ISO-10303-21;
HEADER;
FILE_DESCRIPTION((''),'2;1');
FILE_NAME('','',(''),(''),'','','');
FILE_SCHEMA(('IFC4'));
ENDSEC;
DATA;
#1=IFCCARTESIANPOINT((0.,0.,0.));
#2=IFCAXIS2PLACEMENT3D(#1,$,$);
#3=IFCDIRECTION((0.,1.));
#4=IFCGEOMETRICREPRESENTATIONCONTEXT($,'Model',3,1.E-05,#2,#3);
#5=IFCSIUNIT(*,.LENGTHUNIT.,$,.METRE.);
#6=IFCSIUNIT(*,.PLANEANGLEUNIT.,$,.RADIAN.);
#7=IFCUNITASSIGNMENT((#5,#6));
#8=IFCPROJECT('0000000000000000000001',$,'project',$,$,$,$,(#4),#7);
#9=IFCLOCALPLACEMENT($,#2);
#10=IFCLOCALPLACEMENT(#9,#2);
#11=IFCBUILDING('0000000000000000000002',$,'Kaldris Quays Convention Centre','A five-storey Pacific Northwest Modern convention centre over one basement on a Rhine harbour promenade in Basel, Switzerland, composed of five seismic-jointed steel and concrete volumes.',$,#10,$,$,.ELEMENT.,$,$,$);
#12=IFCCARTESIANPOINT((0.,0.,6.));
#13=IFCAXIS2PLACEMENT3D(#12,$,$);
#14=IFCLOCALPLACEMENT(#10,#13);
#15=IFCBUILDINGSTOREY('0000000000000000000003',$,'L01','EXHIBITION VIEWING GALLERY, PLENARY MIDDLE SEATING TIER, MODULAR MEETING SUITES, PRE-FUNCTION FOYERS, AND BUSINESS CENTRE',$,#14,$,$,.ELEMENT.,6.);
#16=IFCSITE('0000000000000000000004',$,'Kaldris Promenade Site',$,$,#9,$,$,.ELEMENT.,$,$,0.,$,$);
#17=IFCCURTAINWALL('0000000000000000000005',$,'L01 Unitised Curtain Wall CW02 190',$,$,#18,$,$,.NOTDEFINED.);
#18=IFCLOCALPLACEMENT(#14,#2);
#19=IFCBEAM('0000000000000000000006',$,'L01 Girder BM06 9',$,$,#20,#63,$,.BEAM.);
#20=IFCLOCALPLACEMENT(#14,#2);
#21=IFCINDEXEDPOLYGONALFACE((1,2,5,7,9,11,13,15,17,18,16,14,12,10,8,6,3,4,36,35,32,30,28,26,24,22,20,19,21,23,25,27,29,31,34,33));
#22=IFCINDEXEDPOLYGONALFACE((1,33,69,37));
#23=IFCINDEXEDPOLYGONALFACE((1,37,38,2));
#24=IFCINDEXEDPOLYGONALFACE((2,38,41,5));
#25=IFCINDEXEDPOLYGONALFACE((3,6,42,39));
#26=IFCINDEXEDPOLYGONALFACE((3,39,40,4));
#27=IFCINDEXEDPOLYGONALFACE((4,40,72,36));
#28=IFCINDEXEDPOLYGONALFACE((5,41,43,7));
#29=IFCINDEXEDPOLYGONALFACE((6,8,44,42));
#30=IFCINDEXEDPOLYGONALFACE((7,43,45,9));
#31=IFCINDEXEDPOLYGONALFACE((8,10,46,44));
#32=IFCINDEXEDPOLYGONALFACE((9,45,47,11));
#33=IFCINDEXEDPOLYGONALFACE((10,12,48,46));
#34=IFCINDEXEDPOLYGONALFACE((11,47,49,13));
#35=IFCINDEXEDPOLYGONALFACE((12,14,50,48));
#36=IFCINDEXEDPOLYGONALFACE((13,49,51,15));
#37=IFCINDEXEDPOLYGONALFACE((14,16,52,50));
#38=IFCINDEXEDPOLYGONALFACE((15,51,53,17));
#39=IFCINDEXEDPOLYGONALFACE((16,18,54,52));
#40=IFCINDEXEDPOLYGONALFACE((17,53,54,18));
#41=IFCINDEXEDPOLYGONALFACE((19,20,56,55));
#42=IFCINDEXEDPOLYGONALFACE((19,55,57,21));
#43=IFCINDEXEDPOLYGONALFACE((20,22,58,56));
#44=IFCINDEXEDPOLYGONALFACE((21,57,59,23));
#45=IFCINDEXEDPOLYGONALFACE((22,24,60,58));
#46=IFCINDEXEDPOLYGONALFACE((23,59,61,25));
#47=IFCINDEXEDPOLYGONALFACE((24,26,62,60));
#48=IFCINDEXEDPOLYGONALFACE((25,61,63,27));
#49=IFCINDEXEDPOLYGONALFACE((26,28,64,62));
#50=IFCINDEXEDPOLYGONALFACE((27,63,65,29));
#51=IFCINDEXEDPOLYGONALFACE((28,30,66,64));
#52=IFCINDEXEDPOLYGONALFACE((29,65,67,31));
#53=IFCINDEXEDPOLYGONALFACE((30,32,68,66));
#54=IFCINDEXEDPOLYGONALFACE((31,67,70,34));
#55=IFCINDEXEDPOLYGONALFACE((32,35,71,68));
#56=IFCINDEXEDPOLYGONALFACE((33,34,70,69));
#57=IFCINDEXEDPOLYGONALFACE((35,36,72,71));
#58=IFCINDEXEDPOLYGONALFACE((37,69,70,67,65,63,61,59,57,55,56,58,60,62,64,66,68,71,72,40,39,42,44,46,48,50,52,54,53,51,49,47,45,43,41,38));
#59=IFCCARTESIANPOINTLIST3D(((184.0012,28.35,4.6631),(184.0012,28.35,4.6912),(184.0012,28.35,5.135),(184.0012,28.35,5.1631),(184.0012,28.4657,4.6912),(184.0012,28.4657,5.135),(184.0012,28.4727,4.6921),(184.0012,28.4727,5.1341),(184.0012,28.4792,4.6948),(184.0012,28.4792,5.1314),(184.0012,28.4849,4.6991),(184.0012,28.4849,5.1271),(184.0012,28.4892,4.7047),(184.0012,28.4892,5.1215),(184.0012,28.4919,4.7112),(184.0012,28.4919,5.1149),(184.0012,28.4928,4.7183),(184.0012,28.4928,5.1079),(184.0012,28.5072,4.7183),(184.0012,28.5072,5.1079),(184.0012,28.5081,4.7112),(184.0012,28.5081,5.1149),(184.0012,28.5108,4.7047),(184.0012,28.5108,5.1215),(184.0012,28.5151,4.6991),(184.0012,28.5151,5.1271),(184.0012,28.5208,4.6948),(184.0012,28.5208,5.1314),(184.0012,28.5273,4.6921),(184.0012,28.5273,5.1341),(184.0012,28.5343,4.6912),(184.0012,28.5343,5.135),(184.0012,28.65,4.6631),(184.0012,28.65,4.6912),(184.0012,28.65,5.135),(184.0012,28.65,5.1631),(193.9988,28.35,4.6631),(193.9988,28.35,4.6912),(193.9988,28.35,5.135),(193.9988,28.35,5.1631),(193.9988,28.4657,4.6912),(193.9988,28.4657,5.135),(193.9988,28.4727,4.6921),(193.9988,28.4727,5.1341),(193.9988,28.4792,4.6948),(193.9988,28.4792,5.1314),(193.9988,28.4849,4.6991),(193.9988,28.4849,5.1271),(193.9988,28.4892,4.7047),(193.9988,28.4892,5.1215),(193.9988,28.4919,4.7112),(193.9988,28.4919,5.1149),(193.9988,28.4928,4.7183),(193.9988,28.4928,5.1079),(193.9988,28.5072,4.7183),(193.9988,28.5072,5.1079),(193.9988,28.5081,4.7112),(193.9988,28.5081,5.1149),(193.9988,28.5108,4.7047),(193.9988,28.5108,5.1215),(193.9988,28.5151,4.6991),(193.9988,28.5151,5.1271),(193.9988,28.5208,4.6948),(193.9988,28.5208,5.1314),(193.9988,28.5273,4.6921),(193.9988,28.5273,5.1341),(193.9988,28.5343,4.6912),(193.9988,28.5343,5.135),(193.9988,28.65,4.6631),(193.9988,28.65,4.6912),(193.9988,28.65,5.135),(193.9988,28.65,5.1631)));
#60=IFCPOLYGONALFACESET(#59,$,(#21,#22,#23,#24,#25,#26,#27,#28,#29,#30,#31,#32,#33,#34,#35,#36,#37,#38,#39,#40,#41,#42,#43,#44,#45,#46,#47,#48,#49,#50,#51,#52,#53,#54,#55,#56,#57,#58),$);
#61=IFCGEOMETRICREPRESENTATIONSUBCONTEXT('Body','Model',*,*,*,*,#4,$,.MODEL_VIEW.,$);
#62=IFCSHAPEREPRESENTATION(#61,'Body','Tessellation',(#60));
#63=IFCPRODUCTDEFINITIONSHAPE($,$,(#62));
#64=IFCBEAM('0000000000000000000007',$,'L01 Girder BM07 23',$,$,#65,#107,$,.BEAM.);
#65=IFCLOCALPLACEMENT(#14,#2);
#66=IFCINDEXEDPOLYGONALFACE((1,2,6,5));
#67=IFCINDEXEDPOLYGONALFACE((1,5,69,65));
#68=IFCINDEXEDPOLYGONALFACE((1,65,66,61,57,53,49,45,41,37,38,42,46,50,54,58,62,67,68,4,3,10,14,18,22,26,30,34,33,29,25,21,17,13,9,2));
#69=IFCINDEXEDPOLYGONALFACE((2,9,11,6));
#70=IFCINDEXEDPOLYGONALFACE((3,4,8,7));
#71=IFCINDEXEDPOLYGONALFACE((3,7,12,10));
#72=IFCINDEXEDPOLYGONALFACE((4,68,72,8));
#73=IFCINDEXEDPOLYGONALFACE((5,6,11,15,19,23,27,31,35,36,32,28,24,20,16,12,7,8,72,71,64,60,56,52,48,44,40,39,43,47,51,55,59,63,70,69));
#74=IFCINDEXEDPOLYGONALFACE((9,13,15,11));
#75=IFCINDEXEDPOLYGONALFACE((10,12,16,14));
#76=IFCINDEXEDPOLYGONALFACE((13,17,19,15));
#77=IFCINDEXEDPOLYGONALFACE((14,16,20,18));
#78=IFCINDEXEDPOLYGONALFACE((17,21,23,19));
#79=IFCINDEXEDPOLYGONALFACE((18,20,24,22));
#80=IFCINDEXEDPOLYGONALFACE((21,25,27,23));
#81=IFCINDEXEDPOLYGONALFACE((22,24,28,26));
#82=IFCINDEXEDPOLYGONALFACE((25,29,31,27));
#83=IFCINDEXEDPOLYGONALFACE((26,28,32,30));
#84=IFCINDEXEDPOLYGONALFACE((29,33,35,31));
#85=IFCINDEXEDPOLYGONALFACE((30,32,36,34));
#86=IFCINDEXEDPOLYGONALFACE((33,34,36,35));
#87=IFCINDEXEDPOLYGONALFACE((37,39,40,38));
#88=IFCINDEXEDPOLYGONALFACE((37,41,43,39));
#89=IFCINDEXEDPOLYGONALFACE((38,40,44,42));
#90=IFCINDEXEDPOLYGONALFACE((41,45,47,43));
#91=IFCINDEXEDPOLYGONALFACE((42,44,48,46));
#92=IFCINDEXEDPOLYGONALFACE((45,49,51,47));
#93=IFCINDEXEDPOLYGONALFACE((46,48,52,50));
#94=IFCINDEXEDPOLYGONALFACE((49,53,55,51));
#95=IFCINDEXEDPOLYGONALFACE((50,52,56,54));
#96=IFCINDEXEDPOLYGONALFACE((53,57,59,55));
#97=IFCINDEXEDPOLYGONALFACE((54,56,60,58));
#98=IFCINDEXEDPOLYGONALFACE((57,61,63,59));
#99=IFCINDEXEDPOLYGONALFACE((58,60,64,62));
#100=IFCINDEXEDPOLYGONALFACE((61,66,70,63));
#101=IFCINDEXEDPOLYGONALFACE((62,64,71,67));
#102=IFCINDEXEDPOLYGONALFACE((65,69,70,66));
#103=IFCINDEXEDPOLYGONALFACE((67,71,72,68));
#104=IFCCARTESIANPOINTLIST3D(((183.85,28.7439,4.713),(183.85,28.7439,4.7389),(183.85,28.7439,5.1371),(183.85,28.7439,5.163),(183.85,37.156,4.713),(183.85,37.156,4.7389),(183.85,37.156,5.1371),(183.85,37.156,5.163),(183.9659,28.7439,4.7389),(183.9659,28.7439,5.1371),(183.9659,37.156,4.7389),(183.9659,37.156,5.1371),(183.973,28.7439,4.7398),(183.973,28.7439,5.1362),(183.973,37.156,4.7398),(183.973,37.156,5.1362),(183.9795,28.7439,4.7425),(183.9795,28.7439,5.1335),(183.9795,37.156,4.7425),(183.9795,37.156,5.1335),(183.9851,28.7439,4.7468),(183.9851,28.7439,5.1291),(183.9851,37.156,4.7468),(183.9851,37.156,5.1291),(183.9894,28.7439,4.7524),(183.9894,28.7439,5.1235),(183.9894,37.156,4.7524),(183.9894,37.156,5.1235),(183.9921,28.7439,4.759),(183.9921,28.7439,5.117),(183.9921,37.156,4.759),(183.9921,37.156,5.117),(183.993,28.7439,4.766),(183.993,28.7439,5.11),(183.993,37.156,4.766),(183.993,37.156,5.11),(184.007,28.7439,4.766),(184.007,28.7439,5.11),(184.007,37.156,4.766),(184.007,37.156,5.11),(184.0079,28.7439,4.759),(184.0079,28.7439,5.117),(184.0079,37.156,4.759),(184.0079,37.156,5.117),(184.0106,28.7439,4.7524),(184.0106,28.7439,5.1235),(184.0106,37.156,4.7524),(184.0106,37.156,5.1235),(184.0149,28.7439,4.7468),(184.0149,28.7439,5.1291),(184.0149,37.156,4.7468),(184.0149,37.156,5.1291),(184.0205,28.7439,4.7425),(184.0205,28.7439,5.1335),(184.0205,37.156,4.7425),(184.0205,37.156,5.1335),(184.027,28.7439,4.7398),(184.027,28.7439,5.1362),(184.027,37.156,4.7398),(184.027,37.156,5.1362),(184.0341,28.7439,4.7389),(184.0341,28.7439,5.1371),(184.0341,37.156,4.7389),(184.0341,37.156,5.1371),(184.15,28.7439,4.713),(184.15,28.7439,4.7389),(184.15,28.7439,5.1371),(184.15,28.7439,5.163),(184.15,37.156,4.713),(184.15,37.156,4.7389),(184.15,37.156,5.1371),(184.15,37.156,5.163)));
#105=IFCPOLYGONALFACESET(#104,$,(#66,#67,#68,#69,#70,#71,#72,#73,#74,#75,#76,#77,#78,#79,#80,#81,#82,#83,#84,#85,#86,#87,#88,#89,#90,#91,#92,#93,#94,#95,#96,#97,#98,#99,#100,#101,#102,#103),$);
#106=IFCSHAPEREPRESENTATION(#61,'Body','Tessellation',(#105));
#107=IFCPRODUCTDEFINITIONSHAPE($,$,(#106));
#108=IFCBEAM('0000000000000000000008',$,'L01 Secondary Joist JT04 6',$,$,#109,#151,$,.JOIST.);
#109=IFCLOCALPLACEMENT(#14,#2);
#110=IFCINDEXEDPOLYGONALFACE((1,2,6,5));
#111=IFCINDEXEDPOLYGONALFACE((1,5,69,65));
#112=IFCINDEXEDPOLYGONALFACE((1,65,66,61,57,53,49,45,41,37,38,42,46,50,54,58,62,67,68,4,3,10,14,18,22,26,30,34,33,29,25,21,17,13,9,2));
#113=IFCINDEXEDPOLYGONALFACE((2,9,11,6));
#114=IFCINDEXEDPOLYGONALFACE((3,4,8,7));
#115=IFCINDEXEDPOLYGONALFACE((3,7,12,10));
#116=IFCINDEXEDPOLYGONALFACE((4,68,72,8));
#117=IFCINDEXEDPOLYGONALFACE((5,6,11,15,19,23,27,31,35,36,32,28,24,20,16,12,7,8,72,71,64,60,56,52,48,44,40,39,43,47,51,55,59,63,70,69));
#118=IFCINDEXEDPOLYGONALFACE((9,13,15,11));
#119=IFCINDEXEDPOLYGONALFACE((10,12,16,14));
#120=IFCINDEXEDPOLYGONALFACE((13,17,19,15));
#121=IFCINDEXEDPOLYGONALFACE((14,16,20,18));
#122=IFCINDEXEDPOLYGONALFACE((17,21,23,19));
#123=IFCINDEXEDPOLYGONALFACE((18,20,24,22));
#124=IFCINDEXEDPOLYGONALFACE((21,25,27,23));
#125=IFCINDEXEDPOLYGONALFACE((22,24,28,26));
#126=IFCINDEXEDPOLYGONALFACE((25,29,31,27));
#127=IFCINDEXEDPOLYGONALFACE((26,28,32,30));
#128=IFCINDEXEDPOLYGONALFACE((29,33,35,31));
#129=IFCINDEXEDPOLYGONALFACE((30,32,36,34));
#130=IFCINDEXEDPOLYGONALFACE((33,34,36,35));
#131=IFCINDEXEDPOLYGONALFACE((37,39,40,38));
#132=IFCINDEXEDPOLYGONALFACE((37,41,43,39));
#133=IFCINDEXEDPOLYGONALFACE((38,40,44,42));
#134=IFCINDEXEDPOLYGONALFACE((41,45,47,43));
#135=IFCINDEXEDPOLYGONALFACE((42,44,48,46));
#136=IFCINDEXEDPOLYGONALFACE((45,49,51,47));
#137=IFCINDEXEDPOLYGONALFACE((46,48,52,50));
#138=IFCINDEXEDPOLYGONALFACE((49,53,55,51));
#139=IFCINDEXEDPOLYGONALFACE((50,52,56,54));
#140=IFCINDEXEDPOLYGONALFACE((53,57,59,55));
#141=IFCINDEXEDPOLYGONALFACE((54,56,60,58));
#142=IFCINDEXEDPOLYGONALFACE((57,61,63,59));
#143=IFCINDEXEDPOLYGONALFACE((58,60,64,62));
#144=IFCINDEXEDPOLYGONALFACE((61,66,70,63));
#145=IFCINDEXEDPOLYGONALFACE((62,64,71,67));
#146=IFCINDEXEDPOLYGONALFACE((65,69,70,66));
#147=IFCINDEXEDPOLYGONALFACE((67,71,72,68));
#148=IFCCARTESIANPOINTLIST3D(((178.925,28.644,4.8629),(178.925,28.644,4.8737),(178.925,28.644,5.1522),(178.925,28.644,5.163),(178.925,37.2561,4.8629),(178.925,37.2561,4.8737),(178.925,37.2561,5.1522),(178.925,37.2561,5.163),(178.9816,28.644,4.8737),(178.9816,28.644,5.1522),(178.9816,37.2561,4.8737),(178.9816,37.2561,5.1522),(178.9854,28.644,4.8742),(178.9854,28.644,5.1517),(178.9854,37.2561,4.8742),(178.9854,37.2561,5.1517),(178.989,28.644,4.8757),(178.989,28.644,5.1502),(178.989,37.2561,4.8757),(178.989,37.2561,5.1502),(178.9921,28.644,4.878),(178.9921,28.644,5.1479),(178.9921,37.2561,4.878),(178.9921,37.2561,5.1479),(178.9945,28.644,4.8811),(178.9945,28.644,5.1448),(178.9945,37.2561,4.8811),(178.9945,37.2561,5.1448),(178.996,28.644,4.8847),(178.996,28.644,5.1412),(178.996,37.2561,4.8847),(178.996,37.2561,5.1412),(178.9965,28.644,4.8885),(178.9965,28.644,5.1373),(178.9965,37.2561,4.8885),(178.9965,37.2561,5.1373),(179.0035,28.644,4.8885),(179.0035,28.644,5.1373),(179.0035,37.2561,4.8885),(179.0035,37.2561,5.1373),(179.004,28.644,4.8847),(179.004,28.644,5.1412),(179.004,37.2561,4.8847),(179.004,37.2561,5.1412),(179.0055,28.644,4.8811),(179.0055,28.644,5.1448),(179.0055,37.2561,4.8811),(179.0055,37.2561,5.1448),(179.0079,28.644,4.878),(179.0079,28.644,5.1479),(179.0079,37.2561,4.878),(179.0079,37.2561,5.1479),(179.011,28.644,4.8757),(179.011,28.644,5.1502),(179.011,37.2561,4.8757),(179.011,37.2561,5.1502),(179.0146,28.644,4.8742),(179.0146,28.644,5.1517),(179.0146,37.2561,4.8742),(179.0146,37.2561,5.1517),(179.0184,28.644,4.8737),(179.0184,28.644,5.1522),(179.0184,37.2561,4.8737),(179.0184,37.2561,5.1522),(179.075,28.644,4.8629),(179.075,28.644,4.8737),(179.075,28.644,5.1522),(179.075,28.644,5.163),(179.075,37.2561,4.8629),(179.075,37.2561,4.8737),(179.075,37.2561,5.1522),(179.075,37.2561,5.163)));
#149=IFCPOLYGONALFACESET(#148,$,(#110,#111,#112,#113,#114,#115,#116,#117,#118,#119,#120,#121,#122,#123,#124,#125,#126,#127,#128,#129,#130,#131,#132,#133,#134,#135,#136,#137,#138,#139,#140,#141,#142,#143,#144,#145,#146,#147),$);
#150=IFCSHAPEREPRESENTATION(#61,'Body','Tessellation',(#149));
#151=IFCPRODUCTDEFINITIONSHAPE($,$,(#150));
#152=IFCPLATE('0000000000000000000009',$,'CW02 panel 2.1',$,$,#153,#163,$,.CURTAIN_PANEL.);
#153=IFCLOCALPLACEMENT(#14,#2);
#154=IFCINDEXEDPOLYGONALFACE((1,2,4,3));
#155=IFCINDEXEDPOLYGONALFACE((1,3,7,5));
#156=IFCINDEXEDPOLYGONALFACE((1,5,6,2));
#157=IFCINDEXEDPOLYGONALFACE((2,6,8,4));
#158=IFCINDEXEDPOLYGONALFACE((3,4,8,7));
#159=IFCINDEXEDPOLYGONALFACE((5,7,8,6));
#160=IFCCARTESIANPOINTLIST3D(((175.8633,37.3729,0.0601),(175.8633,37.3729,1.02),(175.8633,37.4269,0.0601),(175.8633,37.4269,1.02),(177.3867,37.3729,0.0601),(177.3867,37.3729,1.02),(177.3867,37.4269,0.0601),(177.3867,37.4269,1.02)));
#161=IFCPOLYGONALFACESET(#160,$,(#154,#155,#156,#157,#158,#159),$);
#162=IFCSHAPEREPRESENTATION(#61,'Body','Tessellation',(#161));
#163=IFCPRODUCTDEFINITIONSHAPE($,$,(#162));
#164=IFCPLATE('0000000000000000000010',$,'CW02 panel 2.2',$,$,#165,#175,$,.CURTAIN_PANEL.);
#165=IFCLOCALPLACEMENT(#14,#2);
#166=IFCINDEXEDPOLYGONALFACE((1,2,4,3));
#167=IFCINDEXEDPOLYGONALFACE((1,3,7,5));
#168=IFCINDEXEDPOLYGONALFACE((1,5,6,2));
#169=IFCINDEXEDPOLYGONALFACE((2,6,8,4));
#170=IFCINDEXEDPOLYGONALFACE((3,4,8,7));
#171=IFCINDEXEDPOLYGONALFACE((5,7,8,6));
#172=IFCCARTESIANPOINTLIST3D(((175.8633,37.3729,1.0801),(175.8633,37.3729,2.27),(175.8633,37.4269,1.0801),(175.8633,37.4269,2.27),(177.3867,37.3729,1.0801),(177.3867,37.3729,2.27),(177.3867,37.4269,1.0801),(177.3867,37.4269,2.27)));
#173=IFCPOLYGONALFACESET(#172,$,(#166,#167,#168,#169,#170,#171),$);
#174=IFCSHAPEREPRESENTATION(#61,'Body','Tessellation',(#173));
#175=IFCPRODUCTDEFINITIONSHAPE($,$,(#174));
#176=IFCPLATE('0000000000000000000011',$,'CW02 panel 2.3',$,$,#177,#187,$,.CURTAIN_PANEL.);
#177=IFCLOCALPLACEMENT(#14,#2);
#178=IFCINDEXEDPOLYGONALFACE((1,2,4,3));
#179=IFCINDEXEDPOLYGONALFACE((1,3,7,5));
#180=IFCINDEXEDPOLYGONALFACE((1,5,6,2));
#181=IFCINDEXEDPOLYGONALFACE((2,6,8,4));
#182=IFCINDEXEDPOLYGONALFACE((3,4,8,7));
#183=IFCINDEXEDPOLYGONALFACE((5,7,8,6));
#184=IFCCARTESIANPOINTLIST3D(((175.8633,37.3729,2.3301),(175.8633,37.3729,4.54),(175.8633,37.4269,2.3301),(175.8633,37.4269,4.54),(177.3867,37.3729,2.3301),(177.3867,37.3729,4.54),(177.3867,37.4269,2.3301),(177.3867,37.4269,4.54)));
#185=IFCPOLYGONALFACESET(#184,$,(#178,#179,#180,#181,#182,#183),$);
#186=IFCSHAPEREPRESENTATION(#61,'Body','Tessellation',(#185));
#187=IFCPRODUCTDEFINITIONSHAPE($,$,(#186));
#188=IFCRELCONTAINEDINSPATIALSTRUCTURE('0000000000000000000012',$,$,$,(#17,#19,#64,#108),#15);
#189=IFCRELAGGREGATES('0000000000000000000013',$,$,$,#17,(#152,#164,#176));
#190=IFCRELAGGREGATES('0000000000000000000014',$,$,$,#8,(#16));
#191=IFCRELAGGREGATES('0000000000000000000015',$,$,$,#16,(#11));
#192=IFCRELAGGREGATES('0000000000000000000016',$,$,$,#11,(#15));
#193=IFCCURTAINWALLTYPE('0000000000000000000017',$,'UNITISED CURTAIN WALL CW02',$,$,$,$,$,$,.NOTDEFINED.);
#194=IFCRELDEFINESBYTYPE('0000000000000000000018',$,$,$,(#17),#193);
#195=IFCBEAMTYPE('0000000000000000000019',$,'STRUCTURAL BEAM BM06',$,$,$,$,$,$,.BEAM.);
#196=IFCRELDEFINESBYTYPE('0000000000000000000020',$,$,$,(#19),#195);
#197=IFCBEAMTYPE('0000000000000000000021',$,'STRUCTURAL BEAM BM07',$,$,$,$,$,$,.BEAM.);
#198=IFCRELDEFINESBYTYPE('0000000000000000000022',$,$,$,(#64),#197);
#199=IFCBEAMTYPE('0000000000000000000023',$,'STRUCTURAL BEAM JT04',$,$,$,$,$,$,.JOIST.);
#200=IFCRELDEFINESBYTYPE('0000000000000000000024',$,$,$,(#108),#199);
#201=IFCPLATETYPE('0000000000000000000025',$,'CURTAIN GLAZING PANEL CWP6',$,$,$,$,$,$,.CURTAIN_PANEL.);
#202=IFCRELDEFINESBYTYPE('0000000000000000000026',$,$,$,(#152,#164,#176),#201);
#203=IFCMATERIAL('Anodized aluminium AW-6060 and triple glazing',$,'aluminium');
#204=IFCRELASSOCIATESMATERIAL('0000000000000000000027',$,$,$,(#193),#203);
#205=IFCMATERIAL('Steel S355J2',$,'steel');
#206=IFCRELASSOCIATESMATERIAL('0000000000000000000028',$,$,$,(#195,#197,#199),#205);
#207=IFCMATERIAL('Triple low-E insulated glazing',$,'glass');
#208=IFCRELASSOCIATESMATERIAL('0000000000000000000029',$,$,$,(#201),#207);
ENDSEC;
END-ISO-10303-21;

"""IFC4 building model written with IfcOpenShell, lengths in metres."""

from ifc_helpers import new_model, si_unit, direction, frame, origin, origin_2d, place, context, subcontext, project, spatial, rectangle, i_section, extrude, material, material_profile, profile_set, type_object, element, aggregate, save


model = new_model("IFC4")

# Units and contexts
model_context = context("Model", 3, precision=1e-05, world=origin(), true_north=direction((0.0, 1.0)))
body_context = subcontext(model_context, "Body", "Model", "MODEL_VIEW")
ifc_project = project(units=[si_unit("LENGTHUNIT", "METRE"), si_unit("PLANEANGLEUNIT", "RADIAN")], contexts=[model_context])

# Site, building, storey
site_placement = place(None, origin())
site = spatial("IfcSite", under=ifc_project, at=site_placement, Name="Kaldris Promenade Site", CompositionType="ELEMENT", RefElevation=0.0)
building_placement = place(site_placement, origin())
building = spatial("IfcBuilding", under=site, at=building_placement, Name="Kaldris Quays Convention Centre", Description="A five-storey Pacific Northwest Modern convention centre over one basement on a Rhine harbour promenade in Basel, Switzerland, composed of five seismic-jointed steel and concrete volumes.", CompositionType="ELEMENT")
storey_placement = place(building_placement, frame((0.0, 0.0, 6.0)))
storey = spatial("IfcBuildingStorey", under=building, at=storey_placement, Name="L01", Description="EXHIBITION VIEWING GALLERY, PLENARY MIDDLE SEATING TIER, MODULAR MEETING SUITES, PRE-FUNCTION FOYERS, AND BUSINESS CENTRE", CompositionType="ELEMENT", Elevation=6.0)

# Curtain wall
ifc_material_1 = material(Name="Anodized aluminium AW-6060 and triple glazing", Category="aluminium")
curtain_wall_type = type_object("IfcCurtainWallType", Name="UNITISED CURTAIN WALL CW02", PredefinedType="NOTDEFINED", material=ifc_material_1)
curtain_wall_placement = place(storey_placement, origin())
curtain_wall = element("IfcCurtainWall", 1, at=curtain_wall_placement, inside=storey, type_object=curtain_wall_type, Name="L01 Unitised Curtain Wall CW02 190", PredefinedType="NOTDEFINED")

# Beams
ifc_material_2 = material(Name="Steel S355J2", Category="steel")
ifc_material_profile_1 = material_profile(ifc_material_2, i_section(OverallWidth=0.3, OverallDepth=0.5, WebThickness=0.0144, FlangeThickness=0.0281, FilletRadius=0.0271, at=origin_2d()), Name="HEB 500")
ifc_profile_set_1 = profile_set([ifc_material_profile_1], Name="Steel S355J2")
beam_type_1 = type_object("IfcBeamType", Name="STRUCTURAL BEAM BM06", PredefinedType="BEAM", material=ifc_profile_set_1)
beam_1_placement = place(storey_placement, frame((184.0012, 28.5, 4.9131), z_axis=(1.0, 0.0, 0.0), x_axis=(0.0, 1.0, 0.0)))
element("IfcBeam", 2, at=beam_1_placement, inside=storey, type_object=beam_type_1, Name="L01 Girder BM06 9", PredefinedType="BEAM", context=body_context, shape_type="SweptSolid", body=[
    extrude(i_section(OverallWidth=0.3, OverallDepth=0.5, WebThickness=0.0144, FlangeThickness=0.0281, FilletRadius=0.0271, at=origin_2d()), origin(), (0.0, 0.0, 1.0), 9.9976),
])
ifc_material_profile_2 = material_profile(ifc_material_2, i_section(OverallWidth=0.3, OverallDepth=0.45, WebThickness=0.0139, FlangeThickness=0.0259, FilletRadius=0.0271, at=origin_2d()), Name="HEB 450")
ifc_profile_set_2 = profile_set([ifc_material_profile_2], Name="Steel S355J2")
beam_type_2 = type_object("IfcBeamType", Name="STRUCTURAL BEAM BM07", PredefinedType="BEAM", material=ifc_profile_set_2)
beam_2_placement = place(storey_placement, frame((184.0, 28.7439, 4.938), z_axis=(0.0, 1.0, 0.0), x_axis=(-1.0, 0.0, 0.0)))
element("IfcBeam", 3, at=beam_2_placement, inside=storey, type_object=beam_type_2, Name="L01 Girder BM07 23", PredefinedType="BEAM", context=body_context, shape_type="SweptSolid", body=[
    extrude(i_section(OverallWidth=0.3, OverallDepth=0.45, WebThickness=0.0139, FlangeThickness=0.0259, FilletRadius=0.0271, at=origin_2d()), origin(), (0.0, 0.0, 1.0), 8.4121),
])
ifc_material_profile_3 = material_profile(ifc_material_2, i_section(OverallWidth=0.1499, OverallDepth=0.3, WebThickness=0.0071, FlangeThickness=0.0107, FilletRadius=0.0149, at=origin_2d()), Name="IPE 300")
ifc_profile_set_3 = profile_set([ifc_material_profile_3], Name="Steel S355J2")
beam_type_3 = type_object("IfcBeamType", Name="STRUCTURAL BEAM JT04", PredefinedType="JOIST", material=ifc_profile_set_3)
beam_3_placement = place(storey_placement, frame((179.0, 28.644, 5.0129), z_axis=(0.0, 1.0, 0.0), x_axis=(-1.0, 0.0, 0.0)))
element("IfcBeam", 4, at=beam_3_placement, inside=storey, type_object=beam_type_3, Name="L01 Secondary Joist JT04 6", PredefinedType="JOIST", context=body_context, shape_type="SweptSolid", body=[
    extrude(i_section(OverallWidth=0.1499, OverallDepth=0.3, WebThickness=0.0071, FlangeThickness=0.0107, FilletRadius=0.0149, at=origin_2d()), origin(), (0.0, 0.0, 1.0), 8.6121),
])

# Plates
ifc_material_3 = material(Name="Triple low-E insulated glazing", Category="glass")
plate_type = type_object("IfcPlateType", Name="CURTAIN GLAZING PANEL CWP6", PredefinedType="CURTAIN_PANEL", material=ifc_material_3)
plate_1_placement = place(storey_placement, frame((176.625, 37.3999, 0.0601), z_axis=(0.0, 0.0, 1.0), x_axis=(1.0, 0.0, 0.0)))
plate_1 = element("IfcPlate", 5, at=plate_1_placement, type_object=plate_type, Name="CW02 panel 2.1", PredefinedType="CURTAIN_PANEL", context=body_context, shape_type="SweptSolid", body=[
    extrude(rectangle(XDim=1.5234, YDim=0.054, at=origin_2d()), origin(), (0.0, 0.0, 1.0), 0.96),
])
plate_2_placement = place(storey_placement, frame((176.625, 37.3999, 1.0801), z_axis=(0.0, 0.0, 1.0), x_axis=(1.0, 0.0, 0.0)))
plate_2 = element("IfcPlate", 6, at=plate_2_placement, type_object=plate_type, Name="CW02 panel 2.2", PredefinedType="CURTAIN_PANEL", context=body_context, shape_type="SweptSolid", body=[
    extrude(rectangle(XDim=1.5234, YDim=0.054, at=origin_2d()), origin(), (0.0, 0.0, 1.0), 1.1899),
])
plate_3_placement = place(storey_placement, frame((176.625, 37.3999, 2.3301), z_axis=(0.0, 0.0, 1.0), x_axis=(1.0, 0.0, 0.0)))
plate_3 = element("IfcPlate", 7, at=plate_3_placement, type_object=plate_type, Name="CW02 panel 2.3", PredefinedType="CURTAIN_PANEL", context=body_context, shape_type="SweptSolid", body=[
    extrude(rectangle(XDim=1.5234, YDim=0.054, at=origin_2d()), origin(), (0.0, 0.0, 1.0), 2.21),
])
aggregate(curtain_wall, [plate_1, plate_2, plate_3])

save(model, "model.ifc")
